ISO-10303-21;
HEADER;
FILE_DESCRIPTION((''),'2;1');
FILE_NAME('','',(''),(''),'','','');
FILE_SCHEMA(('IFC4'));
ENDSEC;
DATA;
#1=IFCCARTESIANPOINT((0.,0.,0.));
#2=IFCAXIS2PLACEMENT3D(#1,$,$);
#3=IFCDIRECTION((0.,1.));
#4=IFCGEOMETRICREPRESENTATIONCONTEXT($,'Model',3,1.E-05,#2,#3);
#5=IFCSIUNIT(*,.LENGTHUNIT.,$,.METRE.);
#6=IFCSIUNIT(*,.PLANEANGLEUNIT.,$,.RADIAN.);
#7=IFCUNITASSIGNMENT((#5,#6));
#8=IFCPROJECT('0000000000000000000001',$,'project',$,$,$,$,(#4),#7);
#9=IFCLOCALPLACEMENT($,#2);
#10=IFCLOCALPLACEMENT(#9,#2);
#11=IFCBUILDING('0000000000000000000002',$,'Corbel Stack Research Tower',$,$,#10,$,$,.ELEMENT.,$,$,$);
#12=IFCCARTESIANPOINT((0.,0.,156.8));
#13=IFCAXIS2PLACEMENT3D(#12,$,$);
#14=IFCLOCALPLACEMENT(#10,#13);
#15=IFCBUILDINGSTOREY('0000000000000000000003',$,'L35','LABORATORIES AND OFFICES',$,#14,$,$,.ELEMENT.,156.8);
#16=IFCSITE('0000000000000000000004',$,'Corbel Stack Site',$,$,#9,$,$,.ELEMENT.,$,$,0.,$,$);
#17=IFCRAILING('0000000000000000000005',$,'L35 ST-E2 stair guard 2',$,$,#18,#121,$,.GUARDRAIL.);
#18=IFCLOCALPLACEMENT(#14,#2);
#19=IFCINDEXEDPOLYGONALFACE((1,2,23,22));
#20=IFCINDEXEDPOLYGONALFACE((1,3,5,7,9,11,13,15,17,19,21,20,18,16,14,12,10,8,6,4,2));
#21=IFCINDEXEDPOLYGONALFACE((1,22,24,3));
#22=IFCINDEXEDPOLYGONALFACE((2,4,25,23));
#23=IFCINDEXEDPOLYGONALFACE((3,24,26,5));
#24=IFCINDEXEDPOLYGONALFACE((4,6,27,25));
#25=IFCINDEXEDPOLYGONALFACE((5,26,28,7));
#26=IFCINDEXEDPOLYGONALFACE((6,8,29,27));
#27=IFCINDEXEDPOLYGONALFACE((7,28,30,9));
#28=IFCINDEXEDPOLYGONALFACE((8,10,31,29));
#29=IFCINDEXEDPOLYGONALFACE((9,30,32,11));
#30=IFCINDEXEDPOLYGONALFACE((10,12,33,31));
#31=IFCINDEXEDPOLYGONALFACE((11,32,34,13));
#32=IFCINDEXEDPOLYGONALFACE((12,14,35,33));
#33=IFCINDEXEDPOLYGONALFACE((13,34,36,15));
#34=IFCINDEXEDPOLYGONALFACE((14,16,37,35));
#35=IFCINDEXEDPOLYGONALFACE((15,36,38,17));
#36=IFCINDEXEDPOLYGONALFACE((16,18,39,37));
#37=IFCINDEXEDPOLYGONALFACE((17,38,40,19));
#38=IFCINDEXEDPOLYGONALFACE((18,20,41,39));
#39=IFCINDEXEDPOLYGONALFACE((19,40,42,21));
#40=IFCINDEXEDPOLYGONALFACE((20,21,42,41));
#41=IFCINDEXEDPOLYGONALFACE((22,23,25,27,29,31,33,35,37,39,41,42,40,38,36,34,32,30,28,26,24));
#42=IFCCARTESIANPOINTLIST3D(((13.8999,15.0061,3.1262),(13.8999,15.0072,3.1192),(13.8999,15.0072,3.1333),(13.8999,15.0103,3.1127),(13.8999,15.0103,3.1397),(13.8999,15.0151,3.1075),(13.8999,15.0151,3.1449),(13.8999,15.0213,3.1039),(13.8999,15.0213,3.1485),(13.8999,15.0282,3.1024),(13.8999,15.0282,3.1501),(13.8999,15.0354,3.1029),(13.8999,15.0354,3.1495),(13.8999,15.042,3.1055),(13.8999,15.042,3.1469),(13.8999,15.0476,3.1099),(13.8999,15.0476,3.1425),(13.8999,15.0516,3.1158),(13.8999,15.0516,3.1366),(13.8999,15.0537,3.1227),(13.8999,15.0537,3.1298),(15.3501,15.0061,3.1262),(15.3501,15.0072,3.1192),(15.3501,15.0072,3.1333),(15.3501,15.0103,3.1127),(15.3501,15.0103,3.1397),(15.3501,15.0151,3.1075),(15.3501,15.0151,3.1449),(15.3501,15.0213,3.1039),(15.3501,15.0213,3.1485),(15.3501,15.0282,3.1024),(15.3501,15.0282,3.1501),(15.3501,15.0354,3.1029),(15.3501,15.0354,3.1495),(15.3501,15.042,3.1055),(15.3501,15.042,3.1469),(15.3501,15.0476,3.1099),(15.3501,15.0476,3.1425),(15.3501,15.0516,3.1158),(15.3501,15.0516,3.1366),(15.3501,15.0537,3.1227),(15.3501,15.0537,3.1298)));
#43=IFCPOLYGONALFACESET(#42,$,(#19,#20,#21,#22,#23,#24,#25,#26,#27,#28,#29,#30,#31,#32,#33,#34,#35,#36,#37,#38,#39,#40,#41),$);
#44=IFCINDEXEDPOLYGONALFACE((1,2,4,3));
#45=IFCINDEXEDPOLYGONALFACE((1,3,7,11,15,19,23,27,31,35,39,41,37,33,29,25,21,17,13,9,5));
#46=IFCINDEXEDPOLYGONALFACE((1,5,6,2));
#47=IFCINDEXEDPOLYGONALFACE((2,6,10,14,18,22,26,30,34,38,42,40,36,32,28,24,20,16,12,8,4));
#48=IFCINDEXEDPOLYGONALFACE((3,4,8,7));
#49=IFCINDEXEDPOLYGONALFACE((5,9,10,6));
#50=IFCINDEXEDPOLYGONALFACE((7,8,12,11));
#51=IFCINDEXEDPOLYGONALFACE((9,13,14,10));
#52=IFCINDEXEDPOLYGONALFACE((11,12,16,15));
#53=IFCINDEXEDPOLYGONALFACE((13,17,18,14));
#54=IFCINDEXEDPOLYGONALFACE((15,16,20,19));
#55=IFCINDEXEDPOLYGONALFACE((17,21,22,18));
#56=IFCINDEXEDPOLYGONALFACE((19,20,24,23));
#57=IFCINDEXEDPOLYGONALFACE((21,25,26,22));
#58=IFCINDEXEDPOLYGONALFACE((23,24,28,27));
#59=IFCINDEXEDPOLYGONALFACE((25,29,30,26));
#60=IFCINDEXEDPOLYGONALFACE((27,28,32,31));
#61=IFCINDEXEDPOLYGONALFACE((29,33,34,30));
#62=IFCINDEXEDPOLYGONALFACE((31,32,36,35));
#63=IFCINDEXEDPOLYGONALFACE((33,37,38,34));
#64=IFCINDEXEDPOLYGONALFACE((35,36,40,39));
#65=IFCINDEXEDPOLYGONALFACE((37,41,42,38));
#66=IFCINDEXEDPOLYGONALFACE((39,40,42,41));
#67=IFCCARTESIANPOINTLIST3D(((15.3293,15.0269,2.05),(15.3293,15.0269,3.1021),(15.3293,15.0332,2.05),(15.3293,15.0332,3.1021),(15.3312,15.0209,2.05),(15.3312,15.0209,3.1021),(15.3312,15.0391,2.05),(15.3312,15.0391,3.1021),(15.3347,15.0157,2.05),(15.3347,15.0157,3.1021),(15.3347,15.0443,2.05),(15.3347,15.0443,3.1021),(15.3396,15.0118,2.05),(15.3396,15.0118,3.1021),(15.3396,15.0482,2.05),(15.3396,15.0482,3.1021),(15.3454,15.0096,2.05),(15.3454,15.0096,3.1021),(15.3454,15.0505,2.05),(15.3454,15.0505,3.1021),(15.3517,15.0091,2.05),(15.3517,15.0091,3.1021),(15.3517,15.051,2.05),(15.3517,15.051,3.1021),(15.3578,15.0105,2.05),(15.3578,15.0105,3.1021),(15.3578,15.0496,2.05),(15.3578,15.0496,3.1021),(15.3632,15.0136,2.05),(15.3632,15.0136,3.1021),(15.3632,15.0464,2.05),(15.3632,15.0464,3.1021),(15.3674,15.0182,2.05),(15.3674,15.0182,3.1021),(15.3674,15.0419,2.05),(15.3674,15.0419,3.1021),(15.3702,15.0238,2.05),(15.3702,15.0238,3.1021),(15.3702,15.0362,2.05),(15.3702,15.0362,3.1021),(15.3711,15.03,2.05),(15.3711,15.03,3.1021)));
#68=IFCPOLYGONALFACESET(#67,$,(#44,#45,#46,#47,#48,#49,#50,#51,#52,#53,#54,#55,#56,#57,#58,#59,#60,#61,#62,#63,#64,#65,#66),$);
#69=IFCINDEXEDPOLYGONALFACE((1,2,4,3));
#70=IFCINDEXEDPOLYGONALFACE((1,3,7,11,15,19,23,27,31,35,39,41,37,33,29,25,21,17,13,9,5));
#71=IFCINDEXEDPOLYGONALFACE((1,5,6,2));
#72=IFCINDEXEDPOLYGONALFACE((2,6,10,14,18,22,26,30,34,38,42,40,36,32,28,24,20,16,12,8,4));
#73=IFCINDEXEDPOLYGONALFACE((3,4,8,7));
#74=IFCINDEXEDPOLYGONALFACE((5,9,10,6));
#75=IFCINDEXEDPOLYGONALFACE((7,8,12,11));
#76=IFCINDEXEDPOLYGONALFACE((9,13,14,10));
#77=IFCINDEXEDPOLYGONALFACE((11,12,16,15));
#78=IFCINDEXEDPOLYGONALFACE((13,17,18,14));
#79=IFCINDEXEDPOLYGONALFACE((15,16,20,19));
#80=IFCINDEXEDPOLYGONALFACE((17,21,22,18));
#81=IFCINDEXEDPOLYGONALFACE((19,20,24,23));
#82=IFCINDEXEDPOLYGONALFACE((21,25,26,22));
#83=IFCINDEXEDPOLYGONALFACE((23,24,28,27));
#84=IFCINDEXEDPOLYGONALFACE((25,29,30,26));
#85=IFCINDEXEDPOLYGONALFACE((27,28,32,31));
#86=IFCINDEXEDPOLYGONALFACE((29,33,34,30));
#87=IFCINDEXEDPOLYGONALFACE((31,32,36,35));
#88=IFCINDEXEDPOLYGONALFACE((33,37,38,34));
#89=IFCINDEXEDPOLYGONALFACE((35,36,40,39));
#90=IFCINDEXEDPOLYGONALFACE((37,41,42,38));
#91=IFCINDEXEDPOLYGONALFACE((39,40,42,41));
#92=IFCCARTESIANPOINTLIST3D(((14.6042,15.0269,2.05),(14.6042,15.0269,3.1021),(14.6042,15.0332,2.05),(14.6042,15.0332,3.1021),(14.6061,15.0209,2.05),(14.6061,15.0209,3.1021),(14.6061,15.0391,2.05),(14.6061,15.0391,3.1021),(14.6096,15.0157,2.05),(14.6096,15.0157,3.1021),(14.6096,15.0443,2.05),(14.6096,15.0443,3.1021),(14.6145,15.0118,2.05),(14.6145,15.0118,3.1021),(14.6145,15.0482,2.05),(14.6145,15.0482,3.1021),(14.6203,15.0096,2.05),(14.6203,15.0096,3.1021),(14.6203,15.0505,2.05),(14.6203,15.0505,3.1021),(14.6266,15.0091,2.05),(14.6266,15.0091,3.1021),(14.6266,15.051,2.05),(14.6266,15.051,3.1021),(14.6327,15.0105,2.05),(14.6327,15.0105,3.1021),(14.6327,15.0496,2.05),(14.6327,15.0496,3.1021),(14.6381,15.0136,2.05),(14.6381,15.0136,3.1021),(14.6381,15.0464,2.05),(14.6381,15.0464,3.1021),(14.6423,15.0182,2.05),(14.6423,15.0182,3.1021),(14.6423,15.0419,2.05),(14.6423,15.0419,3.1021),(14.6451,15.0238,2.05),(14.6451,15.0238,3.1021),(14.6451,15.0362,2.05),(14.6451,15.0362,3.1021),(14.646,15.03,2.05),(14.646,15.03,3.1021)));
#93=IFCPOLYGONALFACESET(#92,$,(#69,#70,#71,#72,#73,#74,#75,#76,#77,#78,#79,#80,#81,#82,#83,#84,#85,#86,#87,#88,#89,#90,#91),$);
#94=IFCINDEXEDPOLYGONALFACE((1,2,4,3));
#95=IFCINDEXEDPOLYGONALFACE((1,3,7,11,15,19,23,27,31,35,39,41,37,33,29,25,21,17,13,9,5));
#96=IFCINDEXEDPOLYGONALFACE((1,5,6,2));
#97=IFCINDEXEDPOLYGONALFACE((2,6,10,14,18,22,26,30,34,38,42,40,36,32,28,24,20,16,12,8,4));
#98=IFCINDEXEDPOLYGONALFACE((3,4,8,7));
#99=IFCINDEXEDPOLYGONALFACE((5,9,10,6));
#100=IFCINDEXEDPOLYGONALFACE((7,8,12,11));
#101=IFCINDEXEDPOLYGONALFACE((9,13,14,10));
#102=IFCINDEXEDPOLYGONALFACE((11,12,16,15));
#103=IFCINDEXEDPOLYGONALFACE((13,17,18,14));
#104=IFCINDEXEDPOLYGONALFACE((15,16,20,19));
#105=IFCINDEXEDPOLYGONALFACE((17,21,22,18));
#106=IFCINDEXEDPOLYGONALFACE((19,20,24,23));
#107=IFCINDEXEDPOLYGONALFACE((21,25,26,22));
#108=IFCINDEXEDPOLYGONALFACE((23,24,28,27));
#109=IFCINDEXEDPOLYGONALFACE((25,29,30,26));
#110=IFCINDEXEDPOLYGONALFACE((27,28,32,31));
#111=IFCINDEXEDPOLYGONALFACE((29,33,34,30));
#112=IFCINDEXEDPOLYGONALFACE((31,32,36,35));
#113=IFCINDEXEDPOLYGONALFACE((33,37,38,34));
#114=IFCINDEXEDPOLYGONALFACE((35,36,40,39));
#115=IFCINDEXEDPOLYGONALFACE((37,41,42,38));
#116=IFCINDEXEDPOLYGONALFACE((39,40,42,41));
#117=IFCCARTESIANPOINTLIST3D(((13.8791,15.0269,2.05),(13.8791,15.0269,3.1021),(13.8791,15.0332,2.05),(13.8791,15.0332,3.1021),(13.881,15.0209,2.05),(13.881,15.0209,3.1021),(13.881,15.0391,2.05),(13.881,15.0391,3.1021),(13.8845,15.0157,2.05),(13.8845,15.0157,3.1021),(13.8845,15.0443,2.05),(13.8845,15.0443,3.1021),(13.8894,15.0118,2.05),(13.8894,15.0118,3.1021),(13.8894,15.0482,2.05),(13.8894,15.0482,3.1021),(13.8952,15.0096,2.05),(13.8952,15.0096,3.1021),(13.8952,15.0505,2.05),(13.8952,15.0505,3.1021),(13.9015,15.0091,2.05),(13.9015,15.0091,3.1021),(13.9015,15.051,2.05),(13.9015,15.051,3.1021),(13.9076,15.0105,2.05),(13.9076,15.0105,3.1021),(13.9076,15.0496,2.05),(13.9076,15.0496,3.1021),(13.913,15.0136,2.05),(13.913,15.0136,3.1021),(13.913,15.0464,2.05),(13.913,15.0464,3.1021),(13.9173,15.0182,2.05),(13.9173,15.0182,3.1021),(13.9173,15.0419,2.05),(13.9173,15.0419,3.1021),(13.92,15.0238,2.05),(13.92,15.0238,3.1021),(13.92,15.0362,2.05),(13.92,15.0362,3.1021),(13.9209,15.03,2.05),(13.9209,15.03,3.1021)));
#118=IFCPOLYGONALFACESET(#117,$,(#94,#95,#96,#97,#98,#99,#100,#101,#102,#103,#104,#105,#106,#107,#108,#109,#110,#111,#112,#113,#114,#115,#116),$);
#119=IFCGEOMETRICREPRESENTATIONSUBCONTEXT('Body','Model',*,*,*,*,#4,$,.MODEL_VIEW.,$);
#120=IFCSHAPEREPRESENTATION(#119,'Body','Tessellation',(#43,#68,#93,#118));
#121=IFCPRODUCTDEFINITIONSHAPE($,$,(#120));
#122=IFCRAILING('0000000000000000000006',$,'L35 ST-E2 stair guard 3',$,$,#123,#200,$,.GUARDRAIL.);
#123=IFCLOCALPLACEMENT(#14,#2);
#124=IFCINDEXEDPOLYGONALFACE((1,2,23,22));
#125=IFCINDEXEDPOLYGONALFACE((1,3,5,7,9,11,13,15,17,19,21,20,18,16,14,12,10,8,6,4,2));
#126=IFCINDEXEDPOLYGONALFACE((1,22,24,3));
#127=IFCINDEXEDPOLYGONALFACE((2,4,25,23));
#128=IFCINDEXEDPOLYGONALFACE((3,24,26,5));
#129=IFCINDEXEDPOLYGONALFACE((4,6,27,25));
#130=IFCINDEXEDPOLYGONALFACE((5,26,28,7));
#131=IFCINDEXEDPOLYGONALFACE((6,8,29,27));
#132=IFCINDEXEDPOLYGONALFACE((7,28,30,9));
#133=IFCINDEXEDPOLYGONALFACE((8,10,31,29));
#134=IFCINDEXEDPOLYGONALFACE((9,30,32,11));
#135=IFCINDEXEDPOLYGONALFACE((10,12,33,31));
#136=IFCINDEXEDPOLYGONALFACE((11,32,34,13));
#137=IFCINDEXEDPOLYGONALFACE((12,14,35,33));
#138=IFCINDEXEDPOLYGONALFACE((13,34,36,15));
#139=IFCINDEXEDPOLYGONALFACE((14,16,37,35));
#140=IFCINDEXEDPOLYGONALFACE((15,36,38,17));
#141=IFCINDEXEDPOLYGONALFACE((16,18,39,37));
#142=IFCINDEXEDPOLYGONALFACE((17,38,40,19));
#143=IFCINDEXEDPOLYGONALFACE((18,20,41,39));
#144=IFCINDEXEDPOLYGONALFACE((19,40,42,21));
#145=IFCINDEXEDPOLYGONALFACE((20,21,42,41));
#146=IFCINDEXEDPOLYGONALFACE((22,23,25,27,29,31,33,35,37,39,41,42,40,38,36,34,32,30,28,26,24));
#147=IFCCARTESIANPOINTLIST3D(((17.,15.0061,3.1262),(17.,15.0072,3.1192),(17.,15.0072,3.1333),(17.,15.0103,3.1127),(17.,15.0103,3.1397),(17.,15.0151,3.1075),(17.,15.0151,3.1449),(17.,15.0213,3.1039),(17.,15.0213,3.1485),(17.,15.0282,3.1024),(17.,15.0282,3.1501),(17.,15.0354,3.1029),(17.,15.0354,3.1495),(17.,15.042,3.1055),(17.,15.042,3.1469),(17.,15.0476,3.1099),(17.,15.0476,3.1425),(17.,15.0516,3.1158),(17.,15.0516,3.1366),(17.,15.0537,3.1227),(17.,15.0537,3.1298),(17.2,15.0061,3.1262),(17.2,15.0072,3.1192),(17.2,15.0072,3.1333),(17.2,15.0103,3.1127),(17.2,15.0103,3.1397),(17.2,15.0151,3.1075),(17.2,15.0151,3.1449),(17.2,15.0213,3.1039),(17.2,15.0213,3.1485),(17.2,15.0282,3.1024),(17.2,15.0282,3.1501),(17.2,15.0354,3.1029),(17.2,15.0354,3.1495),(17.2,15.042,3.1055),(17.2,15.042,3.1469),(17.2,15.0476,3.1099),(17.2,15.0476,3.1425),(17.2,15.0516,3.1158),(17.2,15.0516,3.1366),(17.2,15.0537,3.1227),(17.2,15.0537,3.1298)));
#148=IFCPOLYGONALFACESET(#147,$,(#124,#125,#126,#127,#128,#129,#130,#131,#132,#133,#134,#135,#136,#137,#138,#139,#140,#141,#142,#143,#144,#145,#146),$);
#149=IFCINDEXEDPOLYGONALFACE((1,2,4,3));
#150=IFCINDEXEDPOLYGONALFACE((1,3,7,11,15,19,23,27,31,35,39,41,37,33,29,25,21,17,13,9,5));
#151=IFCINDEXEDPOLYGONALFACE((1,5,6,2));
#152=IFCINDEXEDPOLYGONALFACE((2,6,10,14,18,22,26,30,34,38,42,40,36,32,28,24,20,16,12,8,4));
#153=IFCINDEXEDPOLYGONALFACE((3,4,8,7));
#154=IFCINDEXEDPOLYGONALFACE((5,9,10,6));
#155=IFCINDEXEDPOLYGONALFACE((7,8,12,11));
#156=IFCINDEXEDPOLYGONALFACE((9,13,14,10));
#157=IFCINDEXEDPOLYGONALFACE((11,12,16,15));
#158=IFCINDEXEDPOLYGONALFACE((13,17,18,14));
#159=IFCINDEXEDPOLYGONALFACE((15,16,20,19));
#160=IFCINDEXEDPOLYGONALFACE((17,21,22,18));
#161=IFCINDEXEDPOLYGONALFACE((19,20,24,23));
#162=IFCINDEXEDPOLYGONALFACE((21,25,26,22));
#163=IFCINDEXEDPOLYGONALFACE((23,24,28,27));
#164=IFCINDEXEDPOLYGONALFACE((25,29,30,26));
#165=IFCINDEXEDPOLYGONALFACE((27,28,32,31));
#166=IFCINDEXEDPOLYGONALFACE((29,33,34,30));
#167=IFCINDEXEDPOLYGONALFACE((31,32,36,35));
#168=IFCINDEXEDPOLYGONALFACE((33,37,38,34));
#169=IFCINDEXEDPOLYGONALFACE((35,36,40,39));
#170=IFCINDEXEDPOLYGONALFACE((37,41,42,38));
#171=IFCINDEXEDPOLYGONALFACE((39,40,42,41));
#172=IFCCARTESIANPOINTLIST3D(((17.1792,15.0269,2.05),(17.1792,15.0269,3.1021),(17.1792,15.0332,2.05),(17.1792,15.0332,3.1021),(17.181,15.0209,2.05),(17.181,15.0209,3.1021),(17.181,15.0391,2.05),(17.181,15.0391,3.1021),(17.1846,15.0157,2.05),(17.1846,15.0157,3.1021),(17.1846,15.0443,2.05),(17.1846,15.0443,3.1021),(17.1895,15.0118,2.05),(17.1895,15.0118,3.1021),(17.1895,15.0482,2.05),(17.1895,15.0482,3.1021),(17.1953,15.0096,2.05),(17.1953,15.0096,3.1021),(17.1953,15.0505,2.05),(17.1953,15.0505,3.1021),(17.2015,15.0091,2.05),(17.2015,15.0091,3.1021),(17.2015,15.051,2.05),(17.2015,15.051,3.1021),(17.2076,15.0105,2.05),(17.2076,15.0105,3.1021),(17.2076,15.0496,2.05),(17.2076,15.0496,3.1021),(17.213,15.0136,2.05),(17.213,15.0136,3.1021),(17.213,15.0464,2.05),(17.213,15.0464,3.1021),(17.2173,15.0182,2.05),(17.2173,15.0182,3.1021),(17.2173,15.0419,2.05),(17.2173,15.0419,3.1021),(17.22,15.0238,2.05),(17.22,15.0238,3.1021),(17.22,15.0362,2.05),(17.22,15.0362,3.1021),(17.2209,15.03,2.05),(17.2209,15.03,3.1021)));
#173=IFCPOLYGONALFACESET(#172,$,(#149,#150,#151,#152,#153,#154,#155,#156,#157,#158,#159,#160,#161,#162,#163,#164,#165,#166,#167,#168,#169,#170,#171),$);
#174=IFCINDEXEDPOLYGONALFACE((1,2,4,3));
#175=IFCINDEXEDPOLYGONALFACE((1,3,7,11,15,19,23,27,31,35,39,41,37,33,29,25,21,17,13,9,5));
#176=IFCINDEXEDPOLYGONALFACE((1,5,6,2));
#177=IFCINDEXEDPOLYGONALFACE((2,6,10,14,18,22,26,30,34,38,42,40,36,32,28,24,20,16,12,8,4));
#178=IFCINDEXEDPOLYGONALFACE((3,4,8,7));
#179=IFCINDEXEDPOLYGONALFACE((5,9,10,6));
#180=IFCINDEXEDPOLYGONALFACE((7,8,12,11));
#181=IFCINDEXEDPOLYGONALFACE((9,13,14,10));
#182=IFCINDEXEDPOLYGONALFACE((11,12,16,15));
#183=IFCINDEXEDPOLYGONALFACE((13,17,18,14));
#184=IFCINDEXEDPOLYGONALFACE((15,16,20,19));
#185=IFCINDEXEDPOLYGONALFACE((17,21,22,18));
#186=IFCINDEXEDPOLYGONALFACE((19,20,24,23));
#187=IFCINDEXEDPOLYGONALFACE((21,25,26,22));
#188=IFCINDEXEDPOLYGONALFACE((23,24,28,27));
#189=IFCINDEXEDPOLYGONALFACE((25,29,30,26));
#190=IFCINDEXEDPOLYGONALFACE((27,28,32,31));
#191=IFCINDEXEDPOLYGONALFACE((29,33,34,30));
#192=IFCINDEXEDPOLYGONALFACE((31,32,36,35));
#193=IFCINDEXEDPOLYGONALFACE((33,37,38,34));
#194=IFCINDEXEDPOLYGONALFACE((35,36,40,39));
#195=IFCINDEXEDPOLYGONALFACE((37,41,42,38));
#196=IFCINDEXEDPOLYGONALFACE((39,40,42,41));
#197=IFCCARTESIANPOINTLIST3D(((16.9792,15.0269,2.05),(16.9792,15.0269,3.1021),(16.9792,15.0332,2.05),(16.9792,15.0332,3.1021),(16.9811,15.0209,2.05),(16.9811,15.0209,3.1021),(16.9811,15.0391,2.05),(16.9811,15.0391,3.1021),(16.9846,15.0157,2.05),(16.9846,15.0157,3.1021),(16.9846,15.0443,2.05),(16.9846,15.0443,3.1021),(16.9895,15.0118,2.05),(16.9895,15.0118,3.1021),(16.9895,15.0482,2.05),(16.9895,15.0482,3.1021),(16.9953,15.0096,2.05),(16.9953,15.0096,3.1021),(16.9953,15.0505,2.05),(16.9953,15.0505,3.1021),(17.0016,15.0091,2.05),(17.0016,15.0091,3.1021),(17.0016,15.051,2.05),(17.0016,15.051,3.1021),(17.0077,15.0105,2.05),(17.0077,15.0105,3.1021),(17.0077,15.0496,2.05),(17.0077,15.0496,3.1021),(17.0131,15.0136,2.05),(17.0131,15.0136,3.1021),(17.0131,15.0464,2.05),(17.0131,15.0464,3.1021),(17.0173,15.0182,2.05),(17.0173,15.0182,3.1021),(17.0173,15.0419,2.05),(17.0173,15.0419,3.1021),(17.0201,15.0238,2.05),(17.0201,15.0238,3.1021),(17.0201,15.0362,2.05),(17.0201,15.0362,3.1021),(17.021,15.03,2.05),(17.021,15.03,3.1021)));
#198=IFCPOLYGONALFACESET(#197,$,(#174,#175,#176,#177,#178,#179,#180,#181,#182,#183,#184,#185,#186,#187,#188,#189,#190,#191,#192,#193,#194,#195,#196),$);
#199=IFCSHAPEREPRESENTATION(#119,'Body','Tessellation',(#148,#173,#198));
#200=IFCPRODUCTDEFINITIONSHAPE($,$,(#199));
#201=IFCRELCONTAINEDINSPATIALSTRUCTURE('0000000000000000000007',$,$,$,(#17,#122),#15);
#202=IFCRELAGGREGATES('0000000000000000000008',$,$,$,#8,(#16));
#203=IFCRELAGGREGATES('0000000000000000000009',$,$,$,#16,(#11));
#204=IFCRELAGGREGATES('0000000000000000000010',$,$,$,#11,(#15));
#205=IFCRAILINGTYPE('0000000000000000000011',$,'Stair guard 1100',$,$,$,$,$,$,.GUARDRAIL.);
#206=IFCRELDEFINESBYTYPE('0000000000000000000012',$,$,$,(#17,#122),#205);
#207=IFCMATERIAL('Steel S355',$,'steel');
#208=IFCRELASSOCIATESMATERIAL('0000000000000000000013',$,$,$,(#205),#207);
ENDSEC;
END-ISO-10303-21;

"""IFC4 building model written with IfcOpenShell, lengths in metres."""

from ifc_helpers import new_model, si_unit, direction, frame, origin, origin_2d, place, context, subcontext, project, spatial, circle, extrude, material, type_object, element, save


model = new_model("IFC4")

# Units and contexts
model_context = context("Model", 3, precision=1e-05, world=origin(), true_north=direction((0.0, 1.0)))
body_context = subcontext(model_context, "Body", "Model", "MODEL_VIEW")
ifc_project = project(units=[si_unit("LENGTHUNIT", "METRE"), si_unit("PLANEANGLEUNIT", "RADIAN")], contexts=[model_context])

# Site, building, storey
site_placement = place(None, origin())
site = spatial("IfcSite", under=ifc_project, at=site_placement, Name="Corbel Stack Site", CompositionType="ELEMENT", RefElevation=0.0)
building_placement = place(site_placement, origin())
building = spatial("IfcBuilding", under=site, at=building_placement, Name="Corbel Stack Research Tower", CompositionType="ELEMENT")
storey_placement = place(building_placement, frame((0.0, 0.0, 156.8)))
storey = spatial("IfcBuildingStorey", under=building, at=storey_placement, Name="L35", Description="LABORATORIES AND OFFICES", CompositionType="ELEMENT", Elevation=156.8)

# Railings
ifc_material_1 = material(Name="Steel S355", Category="steel")
railing_type_1 = type_object("IfcRailingType", Name="Stair guard 1100", PredefinedType="GUARDRAIL", material=ifc_material_1)
railing_1_placement = place(storey_placement, frame((15.3501, 15.03, 2.05)))
element("IfcRailing", 1, at=railing_1_placement, inside=storey, type_object=railing_type_1, Name="L35 ST-E2 stair guard 2", PredefinedType="GUARDRAIL", context=body_context, shape_type="SweptSolid", body=[
    extrude(circle(Radius=0.0239, at=origin_2d()), frame((0.0, 0.0, 1.0762), z_axis=(-1.0, 0.0, 0.0), x_axis=(0.0, -1.0, 0.0)), (0.0, 0.0, 1.0), 1.4502),
    extrude(circle(Radius=0.021, at=origin_2d()), origin(), (0.0, 0.0, 1.0), 1.052),
    extrude(circle(Radius=0.021, at=origin_2d()), frame((-0.7251, 0.0, 0.0)), (0.0, 0.0, 1.0), 1.052),
    extrude(circle(Radius=0.021, at=origin_2d()), frame((-1.4502, 0.0, 0.0)), (0.0, 0.0, 1.0), 1.052),
])
railing_2_placement = place(storey_placement, frame((17.2, 15.03, 2.05)))
element("IfcRailing", 2, at=railing_2_placement, inside=storey, type_object=railing_type_1, Name="L35 ST-E2 stair guard 3", PredefinedType="GUARDRAIL", context=body_context, shape_type="SweptSolid", body=[
    extrude(circle(Radius=0.0239, at=origin_2d()), frame((0.0, 0.0, 1.0762), z_axis=(-1.0, 0.0, 0.0), x_axis=(0.0, -1.0, 0.0)), (0.0, 0.0, 1.0), 0.2),
    extrude(circle(Radius=0.021, at=origin_2d()), origin(), (0.0, 0.0, 1.0), 1.052),
    extrude(circle(Radius=0.021, at=origin_2d()), frame((-0.2, 0.0, 0.0)), (0.0, 0.0, 1.0), 1.052),
])

save(model, "model.ifc")
